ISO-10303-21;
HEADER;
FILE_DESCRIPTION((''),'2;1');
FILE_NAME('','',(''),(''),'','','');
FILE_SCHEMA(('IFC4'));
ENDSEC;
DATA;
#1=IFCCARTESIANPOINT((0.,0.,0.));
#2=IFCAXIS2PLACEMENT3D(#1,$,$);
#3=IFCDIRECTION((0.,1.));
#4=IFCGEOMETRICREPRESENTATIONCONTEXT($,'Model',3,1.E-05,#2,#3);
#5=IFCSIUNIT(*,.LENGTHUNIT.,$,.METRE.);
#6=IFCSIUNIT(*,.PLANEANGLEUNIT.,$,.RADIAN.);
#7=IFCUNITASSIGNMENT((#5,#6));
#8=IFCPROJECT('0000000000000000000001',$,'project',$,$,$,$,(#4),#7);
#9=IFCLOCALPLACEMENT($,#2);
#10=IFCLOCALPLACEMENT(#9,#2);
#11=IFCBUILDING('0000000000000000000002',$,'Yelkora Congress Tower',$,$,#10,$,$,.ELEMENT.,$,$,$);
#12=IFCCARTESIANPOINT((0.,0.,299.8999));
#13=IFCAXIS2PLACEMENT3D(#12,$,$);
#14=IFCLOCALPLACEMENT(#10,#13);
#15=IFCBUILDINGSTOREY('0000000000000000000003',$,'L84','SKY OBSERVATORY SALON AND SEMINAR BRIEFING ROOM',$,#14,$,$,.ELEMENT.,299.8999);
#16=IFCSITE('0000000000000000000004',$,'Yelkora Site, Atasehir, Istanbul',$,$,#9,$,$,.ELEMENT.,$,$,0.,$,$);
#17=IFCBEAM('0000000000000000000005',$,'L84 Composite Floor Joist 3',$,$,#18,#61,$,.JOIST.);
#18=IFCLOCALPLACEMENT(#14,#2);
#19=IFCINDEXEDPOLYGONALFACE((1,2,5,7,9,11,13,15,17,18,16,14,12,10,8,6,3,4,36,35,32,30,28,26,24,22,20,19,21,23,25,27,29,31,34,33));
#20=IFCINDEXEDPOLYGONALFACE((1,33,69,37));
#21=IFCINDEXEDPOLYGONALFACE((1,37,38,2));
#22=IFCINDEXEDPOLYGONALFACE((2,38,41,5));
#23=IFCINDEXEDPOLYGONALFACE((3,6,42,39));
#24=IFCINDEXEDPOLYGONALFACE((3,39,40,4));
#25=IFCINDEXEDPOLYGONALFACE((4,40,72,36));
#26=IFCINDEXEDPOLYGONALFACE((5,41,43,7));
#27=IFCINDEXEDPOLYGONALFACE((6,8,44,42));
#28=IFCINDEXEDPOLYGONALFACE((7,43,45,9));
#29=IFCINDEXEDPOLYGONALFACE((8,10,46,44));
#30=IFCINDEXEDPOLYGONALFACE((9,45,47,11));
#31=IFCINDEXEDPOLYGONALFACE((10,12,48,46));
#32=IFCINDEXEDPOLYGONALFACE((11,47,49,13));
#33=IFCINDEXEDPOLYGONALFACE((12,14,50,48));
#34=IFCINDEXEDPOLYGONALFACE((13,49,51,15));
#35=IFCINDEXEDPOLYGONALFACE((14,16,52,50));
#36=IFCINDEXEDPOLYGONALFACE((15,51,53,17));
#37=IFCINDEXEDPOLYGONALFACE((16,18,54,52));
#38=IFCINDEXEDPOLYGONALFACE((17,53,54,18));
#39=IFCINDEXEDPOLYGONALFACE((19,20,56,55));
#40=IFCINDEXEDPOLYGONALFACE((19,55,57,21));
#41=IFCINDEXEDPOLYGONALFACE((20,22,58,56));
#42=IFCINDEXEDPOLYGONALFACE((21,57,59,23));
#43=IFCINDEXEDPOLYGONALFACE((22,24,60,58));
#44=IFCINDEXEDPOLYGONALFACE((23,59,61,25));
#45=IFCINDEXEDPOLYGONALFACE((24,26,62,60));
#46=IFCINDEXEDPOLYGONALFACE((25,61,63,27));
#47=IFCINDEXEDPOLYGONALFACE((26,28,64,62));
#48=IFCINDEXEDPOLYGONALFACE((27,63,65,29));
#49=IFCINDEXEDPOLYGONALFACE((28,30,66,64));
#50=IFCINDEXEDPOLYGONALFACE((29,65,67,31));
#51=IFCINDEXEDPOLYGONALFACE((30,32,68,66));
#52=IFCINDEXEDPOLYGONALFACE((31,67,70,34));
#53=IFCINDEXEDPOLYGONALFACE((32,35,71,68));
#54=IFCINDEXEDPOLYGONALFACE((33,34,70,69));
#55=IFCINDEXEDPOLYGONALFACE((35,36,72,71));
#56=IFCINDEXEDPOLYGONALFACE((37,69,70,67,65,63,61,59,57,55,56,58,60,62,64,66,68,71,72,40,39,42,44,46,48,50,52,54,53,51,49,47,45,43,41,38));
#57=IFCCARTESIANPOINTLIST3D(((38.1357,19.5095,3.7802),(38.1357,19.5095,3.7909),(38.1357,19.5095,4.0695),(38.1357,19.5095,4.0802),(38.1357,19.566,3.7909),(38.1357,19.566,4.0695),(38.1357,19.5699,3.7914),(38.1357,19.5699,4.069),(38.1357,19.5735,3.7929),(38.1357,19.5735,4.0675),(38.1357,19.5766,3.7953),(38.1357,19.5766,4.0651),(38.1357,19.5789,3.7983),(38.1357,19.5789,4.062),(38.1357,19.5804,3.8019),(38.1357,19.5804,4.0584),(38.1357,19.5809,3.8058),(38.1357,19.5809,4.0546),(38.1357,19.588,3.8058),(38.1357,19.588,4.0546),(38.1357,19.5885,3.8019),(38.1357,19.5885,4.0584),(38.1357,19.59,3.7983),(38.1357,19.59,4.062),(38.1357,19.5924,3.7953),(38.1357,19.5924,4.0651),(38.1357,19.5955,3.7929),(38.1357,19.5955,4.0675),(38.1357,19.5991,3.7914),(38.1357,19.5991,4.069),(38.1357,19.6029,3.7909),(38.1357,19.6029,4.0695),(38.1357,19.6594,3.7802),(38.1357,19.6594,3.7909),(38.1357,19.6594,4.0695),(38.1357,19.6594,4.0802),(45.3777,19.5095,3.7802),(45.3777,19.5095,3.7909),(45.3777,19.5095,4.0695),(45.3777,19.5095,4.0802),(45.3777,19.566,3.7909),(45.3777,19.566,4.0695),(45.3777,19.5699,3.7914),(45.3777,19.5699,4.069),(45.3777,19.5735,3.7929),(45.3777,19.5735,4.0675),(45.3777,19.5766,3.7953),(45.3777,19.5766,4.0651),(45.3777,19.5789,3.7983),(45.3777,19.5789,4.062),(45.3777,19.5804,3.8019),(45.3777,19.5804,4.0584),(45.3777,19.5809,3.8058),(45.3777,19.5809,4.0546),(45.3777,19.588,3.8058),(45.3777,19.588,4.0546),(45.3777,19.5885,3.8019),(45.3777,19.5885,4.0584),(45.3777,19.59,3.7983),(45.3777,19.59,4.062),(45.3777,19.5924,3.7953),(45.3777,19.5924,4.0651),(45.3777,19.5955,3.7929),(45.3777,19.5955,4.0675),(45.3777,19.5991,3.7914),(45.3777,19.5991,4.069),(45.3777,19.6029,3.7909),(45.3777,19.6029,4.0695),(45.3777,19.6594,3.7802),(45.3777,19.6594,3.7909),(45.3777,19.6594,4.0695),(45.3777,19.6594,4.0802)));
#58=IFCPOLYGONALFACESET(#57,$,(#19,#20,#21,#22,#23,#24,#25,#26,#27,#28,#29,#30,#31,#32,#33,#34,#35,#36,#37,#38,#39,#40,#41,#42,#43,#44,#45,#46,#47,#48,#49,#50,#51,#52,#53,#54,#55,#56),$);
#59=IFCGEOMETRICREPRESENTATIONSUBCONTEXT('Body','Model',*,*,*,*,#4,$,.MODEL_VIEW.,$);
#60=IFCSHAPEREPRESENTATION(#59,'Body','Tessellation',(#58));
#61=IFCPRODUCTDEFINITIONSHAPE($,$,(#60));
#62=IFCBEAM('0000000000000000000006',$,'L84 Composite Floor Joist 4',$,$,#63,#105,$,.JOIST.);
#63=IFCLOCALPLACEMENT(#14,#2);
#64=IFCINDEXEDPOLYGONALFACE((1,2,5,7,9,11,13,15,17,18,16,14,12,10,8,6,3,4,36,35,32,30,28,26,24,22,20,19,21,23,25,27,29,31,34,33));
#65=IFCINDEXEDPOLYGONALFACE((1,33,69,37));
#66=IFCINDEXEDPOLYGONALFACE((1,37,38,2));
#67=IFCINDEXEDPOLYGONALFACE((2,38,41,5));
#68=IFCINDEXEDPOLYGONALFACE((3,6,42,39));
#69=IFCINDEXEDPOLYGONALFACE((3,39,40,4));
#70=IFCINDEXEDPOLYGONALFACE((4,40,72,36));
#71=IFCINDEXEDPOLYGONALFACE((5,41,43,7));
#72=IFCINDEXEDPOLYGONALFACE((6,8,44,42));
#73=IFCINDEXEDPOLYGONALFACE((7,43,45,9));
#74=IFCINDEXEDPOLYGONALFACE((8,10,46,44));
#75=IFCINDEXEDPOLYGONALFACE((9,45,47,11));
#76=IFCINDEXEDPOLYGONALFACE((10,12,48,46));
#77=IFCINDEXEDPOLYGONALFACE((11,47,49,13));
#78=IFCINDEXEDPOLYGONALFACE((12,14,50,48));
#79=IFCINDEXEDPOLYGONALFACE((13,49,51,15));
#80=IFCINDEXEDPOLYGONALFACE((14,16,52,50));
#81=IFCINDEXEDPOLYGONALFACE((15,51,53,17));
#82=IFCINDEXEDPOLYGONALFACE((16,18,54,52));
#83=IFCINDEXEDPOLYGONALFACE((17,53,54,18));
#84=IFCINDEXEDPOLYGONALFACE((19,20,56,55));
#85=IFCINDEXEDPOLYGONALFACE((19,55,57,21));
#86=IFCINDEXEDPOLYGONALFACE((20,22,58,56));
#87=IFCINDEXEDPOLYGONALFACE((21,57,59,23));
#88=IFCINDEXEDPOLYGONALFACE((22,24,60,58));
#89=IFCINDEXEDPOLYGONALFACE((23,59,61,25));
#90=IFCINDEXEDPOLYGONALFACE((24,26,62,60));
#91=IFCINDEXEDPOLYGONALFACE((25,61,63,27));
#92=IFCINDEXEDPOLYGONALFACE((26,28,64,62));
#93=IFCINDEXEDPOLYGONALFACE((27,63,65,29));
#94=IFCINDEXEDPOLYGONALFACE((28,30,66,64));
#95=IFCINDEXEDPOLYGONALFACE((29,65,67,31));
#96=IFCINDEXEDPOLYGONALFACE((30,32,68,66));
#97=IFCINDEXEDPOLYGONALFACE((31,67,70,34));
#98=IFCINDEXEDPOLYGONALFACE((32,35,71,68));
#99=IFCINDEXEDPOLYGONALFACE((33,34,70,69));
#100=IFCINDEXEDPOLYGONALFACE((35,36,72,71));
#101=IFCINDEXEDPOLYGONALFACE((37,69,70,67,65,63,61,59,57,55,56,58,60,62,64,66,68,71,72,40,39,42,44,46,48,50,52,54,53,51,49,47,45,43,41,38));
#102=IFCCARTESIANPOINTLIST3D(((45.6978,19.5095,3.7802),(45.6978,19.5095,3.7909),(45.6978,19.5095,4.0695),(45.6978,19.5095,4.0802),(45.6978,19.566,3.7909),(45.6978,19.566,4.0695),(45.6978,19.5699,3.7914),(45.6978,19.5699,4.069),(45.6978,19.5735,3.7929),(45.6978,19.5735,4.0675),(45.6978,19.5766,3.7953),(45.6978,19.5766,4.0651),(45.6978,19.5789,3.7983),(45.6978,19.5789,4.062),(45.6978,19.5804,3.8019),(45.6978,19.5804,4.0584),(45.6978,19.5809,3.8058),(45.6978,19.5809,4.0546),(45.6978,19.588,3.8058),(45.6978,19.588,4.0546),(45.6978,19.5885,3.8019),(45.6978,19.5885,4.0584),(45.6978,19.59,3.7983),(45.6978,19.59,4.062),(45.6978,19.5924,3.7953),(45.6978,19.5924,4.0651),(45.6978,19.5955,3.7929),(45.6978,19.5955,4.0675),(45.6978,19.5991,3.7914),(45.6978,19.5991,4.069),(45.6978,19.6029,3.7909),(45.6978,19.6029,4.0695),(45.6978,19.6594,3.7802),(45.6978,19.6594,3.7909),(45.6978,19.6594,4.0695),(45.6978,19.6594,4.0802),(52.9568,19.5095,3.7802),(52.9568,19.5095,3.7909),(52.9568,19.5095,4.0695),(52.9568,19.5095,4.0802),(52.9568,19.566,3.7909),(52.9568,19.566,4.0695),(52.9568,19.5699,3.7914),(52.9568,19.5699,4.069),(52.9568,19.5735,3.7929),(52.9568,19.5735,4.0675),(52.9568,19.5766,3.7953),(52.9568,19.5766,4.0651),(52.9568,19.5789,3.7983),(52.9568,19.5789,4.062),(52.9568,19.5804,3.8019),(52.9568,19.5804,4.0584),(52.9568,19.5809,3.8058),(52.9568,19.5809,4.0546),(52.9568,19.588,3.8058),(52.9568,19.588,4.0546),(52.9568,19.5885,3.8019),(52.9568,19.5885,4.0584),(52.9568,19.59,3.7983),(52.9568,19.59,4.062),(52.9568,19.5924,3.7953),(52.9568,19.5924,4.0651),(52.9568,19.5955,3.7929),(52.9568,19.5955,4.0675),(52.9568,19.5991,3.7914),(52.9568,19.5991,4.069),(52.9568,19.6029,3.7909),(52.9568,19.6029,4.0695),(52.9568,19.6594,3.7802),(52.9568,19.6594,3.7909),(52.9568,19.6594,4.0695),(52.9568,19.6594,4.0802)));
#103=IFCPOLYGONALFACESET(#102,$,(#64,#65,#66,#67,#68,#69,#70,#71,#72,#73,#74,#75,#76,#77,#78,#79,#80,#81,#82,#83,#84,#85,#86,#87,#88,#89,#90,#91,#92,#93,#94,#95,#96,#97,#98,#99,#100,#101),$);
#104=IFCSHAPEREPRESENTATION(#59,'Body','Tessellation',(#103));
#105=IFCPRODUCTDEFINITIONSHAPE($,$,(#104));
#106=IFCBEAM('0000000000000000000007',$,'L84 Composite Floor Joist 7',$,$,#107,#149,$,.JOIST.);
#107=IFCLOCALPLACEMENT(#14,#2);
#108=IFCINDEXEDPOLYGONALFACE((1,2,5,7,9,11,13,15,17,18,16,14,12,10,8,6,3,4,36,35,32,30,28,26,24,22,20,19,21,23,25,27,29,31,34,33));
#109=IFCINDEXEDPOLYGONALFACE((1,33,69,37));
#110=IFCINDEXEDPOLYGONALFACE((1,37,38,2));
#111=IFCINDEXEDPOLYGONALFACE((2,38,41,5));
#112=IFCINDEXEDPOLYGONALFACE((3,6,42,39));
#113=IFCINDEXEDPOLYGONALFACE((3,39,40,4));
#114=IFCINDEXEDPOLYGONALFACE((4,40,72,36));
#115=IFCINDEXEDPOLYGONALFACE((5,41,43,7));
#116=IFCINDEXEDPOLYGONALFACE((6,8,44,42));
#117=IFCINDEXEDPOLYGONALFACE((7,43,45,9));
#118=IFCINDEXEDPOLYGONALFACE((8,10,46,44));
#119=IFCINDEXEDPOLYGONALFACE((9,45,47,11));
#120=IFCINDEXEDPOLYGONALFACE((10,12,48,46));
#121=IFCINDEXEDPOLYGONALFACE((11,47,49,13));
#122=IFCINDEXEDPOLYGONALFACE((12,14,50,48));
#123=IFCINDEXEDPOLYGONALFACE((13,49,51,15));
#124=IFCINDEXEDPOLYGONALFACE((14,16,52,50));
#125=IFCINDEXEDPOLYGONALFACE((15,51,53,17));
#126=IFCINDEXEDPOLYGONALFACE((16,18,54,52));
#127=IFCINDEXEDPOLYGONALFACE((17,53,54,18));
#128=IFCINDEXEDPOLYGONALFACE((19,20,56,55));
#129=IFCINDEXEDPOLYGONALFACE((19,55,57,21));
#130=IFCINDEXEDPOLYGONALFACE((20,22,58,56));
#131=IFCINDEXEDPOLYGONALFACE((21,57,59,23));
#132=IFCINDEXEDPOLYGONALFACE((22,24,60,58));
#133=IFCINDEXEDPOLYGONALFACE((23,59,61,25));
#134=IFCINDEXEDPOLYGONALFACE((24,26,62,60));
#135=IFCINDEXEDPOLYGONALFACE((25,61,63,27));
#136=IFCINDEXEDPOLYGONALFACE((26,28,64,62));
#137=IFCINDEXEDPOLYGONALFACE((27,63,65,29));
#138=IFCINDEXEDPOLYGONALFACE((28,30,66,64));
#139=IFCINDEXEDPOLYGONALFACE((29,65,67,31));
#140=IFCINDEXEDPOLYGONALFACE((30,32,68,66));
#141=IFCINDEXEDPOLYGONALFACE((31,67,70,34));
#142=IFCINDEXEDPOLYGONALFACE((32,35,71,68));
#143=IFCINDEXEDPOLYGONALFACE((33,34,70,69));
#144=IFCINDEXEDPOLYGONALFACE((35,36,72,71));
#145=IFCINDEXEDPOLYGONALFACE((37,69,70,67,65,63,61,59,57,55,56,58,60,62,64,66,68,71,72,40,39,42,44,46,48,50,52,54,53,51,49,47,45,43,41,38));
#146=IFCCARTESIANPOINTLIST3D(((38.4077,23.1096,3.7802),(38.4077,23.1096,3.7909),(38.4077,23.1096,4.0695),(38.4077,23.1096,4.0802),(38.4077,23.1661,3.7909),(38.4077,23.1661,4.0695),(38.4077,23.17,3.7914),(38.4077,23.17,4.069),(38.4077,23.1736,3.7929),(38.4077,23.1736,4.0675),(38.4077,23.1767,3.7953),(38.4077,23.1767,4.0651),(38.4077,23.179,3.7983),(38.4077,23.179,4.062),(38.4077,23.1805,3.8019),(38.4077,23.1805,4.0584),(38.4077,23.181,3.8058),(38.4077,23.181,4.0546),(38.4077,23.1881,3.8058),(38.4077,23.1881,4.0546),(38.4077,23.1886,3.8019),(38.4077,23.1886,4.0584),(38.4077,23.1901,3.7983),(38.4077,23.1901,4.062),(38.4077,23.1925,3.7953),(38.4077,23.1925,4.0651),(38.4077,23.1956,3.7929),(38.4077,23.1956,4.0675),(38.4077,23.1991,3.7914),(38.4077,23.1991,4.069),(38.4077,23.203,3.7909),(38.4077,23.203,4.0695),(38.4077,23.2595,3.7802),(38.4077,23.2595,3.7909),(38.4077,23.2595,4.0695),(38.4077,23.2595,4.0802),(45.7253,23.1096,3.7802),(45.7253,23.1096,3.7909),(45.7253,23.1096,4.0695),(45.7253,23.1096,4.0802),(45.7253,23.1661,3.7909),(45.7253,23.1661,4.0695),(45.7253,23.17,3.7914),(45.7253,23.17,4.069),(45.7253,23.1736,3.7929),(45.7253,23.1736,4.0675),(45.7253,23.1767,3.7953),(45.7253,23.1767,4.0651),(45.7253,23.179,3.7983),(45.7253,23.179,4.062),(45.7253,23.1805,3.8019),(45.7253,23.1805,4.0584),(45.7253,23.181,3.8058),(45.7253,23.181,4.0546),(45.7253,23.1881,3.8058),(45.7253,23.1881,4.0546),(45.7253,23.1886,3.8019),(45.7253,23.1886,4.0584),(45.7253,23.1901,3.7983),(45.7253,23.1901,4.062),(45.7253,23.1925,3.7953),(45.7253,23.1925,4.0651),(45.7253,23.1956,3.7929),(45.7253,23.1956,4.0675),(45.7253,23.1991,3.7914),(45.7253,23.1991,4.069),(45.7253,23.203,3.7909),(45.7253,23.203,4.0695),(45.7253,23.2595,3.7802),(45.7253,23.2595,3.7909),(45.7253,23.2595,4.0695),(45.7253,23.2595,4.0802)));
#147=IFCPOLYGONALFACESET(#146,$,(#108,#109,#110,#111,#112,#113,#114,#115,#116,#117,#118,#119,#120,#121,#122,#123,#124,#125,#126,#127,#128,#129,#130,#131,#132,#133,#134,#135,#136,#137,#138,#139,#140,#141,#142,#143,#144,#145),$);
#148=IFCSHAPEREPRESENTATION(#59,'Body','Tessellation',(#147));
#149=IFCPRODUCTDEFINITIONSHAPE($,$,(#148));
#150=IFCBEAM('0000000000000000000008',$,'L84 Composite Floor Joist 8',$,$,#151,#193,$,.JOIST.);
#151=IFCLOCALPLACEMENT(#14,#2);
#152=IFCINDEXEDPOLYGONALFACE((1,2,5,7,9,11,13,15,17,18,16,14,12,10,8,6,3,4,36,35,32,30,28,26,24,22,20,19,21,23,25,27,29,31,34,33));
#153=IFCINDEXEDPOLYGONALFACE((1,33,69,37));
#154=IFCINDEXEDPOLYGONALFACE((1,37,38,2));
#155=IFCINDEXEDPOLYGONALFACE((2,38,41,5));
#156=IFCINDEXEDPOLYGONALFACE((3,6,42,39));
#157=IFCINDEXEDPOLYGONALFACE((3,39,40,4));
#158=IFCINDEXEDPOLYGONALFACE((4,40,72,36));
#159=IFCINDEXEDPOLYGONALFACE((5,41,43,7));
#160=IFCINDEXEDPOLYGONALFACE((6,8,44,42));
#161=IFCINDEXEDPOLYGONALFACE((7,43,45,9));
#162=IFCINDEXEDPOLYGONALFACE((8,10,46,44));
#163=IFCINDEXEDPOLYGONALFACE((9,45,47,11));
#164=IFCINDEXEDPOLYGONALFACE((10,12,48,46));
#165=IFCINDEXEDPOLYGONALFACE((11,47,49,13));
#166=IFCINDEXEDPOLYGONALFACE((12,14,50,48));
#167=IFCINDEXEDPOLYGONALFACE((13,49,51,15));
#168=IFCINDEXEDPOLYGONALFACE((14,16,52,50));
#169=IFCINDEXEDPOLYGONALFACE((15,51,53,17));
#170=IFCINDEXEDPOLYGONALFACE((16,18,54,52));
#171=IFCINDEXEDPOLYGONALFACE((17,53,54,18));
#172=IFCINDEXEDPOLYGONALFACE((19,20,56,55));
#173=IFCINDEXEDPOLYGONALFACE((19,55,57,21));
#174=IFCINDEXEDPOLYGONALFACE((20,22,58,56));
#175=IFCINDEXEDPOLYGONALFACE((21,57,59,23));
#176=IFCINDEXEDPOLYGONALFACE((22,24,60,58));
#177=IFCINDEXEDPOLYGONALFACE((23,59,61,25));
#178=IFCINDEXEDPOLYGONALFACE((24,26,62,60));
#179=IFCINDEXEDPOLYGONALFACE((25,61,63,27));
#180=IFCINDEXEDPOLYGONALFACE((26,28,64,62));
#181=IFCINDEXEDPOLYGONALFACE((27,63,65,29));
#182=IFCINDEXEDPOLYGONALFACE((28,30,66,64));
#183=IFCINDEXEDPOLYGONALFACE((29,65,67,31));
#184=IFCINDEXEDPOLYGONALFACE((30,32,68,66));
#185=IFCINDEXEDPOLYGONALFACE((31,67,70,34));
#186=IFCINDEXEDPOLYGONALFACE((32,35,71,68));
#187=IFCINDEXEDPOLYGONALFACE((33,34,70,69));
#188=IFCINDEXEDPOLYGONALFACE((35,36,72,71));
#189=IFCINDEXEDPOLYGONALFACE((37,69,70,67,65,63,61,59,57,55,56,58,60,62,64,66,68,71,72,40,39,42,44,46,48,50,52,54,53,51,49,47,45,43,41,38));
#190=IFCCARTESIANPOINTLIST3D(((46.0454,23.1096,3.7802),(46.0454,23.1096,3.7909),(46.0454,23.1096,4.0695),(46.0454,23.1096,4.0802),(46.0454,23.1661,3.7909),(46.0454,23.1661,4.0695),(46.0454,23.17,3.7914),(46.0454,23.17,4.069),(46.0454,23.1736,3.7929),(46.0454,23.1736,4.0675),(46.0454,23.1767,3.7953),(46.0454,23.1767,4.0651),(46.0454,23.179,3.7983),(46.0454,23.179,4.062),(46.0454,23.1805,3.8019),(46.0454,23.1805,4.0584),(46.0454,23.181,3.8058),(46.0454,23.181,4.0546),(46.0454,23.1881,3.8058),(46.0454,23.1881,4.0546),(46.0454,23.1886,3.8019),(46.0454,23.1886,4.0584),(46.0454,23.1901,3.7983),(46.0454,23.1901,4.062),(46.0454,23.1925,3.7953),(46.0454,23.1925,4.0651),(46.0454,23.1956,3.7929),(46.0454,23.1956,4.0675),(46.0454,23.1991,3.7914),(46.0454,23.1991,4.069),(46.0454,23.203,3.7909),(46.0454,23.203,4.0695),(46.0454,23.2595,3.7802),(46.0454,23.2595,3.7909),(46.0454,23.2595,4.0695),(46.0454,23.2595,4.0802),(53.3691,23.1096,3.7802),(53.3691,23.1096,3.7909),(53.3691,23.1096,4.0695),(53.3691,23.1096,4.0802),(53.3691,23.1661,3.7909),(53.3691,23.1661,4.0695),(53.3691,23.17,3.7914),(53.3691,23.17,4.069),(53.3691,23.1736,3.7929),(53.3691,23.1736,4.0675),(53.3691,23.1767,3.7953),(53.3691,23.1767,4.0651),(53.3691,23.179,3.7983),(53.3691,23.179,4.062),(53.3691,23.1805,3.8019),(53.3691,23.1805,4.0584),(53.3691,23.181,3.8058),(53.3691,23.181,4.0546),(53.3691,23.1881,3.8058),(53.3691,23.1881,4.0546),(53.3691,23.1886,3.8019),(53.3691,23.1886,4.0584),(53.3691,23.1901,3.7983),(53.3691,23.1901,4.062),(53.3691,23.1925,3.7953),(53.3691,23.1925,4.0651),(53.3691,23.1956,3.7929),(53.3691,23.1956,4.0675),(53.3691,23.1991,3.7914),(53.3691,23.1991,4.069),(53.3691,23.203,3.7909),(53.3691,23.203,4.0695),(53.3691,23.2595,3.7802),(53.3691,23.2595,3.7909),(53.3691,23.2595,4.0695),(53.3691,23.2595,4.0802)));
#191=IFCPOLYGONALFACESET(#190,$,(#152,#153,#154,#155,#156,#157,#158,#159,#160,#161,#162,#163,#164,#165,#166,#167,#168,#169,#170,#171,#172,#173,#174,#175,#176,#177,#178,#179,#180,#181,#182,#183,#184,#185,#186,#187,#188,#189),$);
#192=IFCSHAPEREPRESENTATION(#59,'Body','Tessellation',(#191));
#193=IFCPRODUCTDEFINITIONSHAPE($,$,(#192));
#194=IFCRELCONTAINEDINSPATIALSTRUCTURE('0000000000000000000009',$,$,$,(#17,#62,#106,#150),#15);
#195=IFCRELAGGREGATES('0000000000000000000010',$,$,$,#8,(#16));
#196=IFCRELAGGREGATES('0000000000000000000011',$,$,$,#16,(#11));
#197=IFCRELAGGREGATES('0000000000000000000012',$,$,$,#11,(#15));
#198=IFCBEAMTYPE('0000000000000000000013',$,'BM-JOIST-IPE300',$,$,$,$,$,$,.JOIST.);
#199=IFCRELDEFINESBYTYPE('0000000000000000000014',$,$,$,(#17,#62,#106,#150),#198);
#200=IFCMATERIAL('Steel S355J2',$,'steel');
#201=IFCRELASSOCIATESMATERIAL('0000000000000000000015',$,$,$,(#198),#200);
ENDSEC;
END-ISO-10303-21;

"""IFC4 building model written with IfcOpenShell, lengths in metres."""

from ifc_helpers import new_model, si_unit, direction, frame, origin, origin_2d, place, context, subcontext, project, spatial, i_section, extrude, material, material_profile, profile_set, type_object, element, save


model = new_model("IFC4")

# Units and contexts
model_context = context("Model", 3, precision=1e-05, world=origin(), true_north=direction((0.0, 1.0)))
body_context = subcontext(model_context, "Body", "Model", "MODEL_VIEW")
ifc_project = project(units=[si_unit("LENGTHUNIT", "METRE"), si_unit("PLANEANGLEUNIT", "RADIAN")], contexts=[model_context])

# Site, building, storey
site_placement = place(None, origin())
site = spatial("IfcSite", under=ifc_project, at=site_placement, Name="Yelkora Site, Atasehir, Istanbul", CompositionType="ELEMENT", RefElevation=0.0)
building_placement = place(site_placement, origin())
building = spatial("IfcBuilding", under=site, at=building_placement, Name="Yelkora Congress Tower", CompositionType="ELEMENT")
storey_placement = place(building_placement, frame((0.0, 0.0, 299.8999)))
storey = spatial("IfcBuildingStorey", under=building, at=storey_placement, Name="L84", Description="SKY OBSERVATORY SALON AND SEMINAR BRIEFING ROOM", CompositionType="ELEMENT", Elevation=299.8999)

# Beams
ifc_material_1 = material(Name="Steel S355J2", Category="steel")
ifc_material_profile_1 = material_profile(ifc_material_1, i_section(OverallWidth=0.1499, OverallDepth=0.3, WebThickness=0.0071, FlangeThickness=0.0107, FilletRadius=0.0149, at=origin_2d()), Name="IPE 300")
ifc_profile_set_1 = profile_set([ifc_material_profile_1], Name="Steel S355J2")
beam_type_1 = type_object("IfcBeamType", Name="BM-JOIST-IPE300", PredefinedType="JOIST", material=ifc_profile_set_1)
beam_1_placement = place(storey_placement, frame((38.1357, 19.5845, 3.9302), z_axis=(1.0, 0.0, 0.0), x_axis=(0.0, 1.0, 0.0)))
element("IfcBeam", 1, at=beam_1_placement, inside=storey, type_object=beam_type_1, Name="L84 Composite Floor Joist 3", PredefinedType="JOIST", context=body_context, shape_type="SweptSolid", body=[
    extrude(i_section(OverallWidth=0.1499, OverallDepth=0.3, WebThickness=0.0071, FlangeThickness=0.0107, FilletRadius=0.0149, at=origin_2d()), origin(), (0.0, 0.0, 1.0), 7.2419),
])
beam_2_placement = place(storey_placement, frame((45.6978, 19.5845, 3.9302), z_axis=(1.0, 0.0, 0.0), x_axis=(0.0, 1.0, 0.0)))
element("IfcBeam", 2, at=beam_2_placement, inside=storey, type_object=beam_type_1, Name="L84 Composite Floor Joist 4", PredefinedType="JOIST", context=body_context, shape_type="SweptSolid", body=[
    extrude(i_section(OverallWidth=0.1499, OverallDepth=0.3, WebThickness=0.0071, FlangeThickness=0.0107, FilletRadius=0.0149, at=origin_2d()), origin(), (0.0, 0.0, 1.0), 7.259),
])
beam_3_placement = place(storey_placement, frame((38.4077, 23.1846, 3.9302), z_axis=(1.0, 0.0, 0.0), x_axis=(0.0, 1.0, 0.0)))
element("IfcBeam", 3, at=beam_3_placement, inside=storey, type_object=beam_type_1, Name="L84 Composite Floor Joist 7", PredefinedType="JOIST", context=body_context, shape_type="SweptSolid", body=[
    extrude(i_section(OverallWidth=0.1499, OverallDepth=0.3, WebThickness=0.0071, FlangeThickness=0.0107, FilletRadius=0.0149, at=origin_2d()), origin(), (0.0, 0.0, 1.0), 7.3176),
])
beam_4_placement = place(storey_placement, frame((46.0454, 23.1846, 3.9302), z_axis=(1.0, 0.0, 0.0), x_axis=(0.0, 1.0, 0.0)))
element("IfcBeam", 4, at=beam_4_placement, inside=storey, type_object=beam_type_1, Name="L84 Composite Floor Joist 8", PredefinedType="JOIST", context=body_context, shape_type="SweptSolid", body=[
    extrude(i_section(OverallWidth=0.1499, OverallDepth=0.3, WebThickness=0.0071, FlangeThickness=0.0107, FilletRadius=0.0149, at=origin_2d()), origin(), (0.0, 0.0, 1.0), 7.3237),
])

save(model, "model.ifc")
